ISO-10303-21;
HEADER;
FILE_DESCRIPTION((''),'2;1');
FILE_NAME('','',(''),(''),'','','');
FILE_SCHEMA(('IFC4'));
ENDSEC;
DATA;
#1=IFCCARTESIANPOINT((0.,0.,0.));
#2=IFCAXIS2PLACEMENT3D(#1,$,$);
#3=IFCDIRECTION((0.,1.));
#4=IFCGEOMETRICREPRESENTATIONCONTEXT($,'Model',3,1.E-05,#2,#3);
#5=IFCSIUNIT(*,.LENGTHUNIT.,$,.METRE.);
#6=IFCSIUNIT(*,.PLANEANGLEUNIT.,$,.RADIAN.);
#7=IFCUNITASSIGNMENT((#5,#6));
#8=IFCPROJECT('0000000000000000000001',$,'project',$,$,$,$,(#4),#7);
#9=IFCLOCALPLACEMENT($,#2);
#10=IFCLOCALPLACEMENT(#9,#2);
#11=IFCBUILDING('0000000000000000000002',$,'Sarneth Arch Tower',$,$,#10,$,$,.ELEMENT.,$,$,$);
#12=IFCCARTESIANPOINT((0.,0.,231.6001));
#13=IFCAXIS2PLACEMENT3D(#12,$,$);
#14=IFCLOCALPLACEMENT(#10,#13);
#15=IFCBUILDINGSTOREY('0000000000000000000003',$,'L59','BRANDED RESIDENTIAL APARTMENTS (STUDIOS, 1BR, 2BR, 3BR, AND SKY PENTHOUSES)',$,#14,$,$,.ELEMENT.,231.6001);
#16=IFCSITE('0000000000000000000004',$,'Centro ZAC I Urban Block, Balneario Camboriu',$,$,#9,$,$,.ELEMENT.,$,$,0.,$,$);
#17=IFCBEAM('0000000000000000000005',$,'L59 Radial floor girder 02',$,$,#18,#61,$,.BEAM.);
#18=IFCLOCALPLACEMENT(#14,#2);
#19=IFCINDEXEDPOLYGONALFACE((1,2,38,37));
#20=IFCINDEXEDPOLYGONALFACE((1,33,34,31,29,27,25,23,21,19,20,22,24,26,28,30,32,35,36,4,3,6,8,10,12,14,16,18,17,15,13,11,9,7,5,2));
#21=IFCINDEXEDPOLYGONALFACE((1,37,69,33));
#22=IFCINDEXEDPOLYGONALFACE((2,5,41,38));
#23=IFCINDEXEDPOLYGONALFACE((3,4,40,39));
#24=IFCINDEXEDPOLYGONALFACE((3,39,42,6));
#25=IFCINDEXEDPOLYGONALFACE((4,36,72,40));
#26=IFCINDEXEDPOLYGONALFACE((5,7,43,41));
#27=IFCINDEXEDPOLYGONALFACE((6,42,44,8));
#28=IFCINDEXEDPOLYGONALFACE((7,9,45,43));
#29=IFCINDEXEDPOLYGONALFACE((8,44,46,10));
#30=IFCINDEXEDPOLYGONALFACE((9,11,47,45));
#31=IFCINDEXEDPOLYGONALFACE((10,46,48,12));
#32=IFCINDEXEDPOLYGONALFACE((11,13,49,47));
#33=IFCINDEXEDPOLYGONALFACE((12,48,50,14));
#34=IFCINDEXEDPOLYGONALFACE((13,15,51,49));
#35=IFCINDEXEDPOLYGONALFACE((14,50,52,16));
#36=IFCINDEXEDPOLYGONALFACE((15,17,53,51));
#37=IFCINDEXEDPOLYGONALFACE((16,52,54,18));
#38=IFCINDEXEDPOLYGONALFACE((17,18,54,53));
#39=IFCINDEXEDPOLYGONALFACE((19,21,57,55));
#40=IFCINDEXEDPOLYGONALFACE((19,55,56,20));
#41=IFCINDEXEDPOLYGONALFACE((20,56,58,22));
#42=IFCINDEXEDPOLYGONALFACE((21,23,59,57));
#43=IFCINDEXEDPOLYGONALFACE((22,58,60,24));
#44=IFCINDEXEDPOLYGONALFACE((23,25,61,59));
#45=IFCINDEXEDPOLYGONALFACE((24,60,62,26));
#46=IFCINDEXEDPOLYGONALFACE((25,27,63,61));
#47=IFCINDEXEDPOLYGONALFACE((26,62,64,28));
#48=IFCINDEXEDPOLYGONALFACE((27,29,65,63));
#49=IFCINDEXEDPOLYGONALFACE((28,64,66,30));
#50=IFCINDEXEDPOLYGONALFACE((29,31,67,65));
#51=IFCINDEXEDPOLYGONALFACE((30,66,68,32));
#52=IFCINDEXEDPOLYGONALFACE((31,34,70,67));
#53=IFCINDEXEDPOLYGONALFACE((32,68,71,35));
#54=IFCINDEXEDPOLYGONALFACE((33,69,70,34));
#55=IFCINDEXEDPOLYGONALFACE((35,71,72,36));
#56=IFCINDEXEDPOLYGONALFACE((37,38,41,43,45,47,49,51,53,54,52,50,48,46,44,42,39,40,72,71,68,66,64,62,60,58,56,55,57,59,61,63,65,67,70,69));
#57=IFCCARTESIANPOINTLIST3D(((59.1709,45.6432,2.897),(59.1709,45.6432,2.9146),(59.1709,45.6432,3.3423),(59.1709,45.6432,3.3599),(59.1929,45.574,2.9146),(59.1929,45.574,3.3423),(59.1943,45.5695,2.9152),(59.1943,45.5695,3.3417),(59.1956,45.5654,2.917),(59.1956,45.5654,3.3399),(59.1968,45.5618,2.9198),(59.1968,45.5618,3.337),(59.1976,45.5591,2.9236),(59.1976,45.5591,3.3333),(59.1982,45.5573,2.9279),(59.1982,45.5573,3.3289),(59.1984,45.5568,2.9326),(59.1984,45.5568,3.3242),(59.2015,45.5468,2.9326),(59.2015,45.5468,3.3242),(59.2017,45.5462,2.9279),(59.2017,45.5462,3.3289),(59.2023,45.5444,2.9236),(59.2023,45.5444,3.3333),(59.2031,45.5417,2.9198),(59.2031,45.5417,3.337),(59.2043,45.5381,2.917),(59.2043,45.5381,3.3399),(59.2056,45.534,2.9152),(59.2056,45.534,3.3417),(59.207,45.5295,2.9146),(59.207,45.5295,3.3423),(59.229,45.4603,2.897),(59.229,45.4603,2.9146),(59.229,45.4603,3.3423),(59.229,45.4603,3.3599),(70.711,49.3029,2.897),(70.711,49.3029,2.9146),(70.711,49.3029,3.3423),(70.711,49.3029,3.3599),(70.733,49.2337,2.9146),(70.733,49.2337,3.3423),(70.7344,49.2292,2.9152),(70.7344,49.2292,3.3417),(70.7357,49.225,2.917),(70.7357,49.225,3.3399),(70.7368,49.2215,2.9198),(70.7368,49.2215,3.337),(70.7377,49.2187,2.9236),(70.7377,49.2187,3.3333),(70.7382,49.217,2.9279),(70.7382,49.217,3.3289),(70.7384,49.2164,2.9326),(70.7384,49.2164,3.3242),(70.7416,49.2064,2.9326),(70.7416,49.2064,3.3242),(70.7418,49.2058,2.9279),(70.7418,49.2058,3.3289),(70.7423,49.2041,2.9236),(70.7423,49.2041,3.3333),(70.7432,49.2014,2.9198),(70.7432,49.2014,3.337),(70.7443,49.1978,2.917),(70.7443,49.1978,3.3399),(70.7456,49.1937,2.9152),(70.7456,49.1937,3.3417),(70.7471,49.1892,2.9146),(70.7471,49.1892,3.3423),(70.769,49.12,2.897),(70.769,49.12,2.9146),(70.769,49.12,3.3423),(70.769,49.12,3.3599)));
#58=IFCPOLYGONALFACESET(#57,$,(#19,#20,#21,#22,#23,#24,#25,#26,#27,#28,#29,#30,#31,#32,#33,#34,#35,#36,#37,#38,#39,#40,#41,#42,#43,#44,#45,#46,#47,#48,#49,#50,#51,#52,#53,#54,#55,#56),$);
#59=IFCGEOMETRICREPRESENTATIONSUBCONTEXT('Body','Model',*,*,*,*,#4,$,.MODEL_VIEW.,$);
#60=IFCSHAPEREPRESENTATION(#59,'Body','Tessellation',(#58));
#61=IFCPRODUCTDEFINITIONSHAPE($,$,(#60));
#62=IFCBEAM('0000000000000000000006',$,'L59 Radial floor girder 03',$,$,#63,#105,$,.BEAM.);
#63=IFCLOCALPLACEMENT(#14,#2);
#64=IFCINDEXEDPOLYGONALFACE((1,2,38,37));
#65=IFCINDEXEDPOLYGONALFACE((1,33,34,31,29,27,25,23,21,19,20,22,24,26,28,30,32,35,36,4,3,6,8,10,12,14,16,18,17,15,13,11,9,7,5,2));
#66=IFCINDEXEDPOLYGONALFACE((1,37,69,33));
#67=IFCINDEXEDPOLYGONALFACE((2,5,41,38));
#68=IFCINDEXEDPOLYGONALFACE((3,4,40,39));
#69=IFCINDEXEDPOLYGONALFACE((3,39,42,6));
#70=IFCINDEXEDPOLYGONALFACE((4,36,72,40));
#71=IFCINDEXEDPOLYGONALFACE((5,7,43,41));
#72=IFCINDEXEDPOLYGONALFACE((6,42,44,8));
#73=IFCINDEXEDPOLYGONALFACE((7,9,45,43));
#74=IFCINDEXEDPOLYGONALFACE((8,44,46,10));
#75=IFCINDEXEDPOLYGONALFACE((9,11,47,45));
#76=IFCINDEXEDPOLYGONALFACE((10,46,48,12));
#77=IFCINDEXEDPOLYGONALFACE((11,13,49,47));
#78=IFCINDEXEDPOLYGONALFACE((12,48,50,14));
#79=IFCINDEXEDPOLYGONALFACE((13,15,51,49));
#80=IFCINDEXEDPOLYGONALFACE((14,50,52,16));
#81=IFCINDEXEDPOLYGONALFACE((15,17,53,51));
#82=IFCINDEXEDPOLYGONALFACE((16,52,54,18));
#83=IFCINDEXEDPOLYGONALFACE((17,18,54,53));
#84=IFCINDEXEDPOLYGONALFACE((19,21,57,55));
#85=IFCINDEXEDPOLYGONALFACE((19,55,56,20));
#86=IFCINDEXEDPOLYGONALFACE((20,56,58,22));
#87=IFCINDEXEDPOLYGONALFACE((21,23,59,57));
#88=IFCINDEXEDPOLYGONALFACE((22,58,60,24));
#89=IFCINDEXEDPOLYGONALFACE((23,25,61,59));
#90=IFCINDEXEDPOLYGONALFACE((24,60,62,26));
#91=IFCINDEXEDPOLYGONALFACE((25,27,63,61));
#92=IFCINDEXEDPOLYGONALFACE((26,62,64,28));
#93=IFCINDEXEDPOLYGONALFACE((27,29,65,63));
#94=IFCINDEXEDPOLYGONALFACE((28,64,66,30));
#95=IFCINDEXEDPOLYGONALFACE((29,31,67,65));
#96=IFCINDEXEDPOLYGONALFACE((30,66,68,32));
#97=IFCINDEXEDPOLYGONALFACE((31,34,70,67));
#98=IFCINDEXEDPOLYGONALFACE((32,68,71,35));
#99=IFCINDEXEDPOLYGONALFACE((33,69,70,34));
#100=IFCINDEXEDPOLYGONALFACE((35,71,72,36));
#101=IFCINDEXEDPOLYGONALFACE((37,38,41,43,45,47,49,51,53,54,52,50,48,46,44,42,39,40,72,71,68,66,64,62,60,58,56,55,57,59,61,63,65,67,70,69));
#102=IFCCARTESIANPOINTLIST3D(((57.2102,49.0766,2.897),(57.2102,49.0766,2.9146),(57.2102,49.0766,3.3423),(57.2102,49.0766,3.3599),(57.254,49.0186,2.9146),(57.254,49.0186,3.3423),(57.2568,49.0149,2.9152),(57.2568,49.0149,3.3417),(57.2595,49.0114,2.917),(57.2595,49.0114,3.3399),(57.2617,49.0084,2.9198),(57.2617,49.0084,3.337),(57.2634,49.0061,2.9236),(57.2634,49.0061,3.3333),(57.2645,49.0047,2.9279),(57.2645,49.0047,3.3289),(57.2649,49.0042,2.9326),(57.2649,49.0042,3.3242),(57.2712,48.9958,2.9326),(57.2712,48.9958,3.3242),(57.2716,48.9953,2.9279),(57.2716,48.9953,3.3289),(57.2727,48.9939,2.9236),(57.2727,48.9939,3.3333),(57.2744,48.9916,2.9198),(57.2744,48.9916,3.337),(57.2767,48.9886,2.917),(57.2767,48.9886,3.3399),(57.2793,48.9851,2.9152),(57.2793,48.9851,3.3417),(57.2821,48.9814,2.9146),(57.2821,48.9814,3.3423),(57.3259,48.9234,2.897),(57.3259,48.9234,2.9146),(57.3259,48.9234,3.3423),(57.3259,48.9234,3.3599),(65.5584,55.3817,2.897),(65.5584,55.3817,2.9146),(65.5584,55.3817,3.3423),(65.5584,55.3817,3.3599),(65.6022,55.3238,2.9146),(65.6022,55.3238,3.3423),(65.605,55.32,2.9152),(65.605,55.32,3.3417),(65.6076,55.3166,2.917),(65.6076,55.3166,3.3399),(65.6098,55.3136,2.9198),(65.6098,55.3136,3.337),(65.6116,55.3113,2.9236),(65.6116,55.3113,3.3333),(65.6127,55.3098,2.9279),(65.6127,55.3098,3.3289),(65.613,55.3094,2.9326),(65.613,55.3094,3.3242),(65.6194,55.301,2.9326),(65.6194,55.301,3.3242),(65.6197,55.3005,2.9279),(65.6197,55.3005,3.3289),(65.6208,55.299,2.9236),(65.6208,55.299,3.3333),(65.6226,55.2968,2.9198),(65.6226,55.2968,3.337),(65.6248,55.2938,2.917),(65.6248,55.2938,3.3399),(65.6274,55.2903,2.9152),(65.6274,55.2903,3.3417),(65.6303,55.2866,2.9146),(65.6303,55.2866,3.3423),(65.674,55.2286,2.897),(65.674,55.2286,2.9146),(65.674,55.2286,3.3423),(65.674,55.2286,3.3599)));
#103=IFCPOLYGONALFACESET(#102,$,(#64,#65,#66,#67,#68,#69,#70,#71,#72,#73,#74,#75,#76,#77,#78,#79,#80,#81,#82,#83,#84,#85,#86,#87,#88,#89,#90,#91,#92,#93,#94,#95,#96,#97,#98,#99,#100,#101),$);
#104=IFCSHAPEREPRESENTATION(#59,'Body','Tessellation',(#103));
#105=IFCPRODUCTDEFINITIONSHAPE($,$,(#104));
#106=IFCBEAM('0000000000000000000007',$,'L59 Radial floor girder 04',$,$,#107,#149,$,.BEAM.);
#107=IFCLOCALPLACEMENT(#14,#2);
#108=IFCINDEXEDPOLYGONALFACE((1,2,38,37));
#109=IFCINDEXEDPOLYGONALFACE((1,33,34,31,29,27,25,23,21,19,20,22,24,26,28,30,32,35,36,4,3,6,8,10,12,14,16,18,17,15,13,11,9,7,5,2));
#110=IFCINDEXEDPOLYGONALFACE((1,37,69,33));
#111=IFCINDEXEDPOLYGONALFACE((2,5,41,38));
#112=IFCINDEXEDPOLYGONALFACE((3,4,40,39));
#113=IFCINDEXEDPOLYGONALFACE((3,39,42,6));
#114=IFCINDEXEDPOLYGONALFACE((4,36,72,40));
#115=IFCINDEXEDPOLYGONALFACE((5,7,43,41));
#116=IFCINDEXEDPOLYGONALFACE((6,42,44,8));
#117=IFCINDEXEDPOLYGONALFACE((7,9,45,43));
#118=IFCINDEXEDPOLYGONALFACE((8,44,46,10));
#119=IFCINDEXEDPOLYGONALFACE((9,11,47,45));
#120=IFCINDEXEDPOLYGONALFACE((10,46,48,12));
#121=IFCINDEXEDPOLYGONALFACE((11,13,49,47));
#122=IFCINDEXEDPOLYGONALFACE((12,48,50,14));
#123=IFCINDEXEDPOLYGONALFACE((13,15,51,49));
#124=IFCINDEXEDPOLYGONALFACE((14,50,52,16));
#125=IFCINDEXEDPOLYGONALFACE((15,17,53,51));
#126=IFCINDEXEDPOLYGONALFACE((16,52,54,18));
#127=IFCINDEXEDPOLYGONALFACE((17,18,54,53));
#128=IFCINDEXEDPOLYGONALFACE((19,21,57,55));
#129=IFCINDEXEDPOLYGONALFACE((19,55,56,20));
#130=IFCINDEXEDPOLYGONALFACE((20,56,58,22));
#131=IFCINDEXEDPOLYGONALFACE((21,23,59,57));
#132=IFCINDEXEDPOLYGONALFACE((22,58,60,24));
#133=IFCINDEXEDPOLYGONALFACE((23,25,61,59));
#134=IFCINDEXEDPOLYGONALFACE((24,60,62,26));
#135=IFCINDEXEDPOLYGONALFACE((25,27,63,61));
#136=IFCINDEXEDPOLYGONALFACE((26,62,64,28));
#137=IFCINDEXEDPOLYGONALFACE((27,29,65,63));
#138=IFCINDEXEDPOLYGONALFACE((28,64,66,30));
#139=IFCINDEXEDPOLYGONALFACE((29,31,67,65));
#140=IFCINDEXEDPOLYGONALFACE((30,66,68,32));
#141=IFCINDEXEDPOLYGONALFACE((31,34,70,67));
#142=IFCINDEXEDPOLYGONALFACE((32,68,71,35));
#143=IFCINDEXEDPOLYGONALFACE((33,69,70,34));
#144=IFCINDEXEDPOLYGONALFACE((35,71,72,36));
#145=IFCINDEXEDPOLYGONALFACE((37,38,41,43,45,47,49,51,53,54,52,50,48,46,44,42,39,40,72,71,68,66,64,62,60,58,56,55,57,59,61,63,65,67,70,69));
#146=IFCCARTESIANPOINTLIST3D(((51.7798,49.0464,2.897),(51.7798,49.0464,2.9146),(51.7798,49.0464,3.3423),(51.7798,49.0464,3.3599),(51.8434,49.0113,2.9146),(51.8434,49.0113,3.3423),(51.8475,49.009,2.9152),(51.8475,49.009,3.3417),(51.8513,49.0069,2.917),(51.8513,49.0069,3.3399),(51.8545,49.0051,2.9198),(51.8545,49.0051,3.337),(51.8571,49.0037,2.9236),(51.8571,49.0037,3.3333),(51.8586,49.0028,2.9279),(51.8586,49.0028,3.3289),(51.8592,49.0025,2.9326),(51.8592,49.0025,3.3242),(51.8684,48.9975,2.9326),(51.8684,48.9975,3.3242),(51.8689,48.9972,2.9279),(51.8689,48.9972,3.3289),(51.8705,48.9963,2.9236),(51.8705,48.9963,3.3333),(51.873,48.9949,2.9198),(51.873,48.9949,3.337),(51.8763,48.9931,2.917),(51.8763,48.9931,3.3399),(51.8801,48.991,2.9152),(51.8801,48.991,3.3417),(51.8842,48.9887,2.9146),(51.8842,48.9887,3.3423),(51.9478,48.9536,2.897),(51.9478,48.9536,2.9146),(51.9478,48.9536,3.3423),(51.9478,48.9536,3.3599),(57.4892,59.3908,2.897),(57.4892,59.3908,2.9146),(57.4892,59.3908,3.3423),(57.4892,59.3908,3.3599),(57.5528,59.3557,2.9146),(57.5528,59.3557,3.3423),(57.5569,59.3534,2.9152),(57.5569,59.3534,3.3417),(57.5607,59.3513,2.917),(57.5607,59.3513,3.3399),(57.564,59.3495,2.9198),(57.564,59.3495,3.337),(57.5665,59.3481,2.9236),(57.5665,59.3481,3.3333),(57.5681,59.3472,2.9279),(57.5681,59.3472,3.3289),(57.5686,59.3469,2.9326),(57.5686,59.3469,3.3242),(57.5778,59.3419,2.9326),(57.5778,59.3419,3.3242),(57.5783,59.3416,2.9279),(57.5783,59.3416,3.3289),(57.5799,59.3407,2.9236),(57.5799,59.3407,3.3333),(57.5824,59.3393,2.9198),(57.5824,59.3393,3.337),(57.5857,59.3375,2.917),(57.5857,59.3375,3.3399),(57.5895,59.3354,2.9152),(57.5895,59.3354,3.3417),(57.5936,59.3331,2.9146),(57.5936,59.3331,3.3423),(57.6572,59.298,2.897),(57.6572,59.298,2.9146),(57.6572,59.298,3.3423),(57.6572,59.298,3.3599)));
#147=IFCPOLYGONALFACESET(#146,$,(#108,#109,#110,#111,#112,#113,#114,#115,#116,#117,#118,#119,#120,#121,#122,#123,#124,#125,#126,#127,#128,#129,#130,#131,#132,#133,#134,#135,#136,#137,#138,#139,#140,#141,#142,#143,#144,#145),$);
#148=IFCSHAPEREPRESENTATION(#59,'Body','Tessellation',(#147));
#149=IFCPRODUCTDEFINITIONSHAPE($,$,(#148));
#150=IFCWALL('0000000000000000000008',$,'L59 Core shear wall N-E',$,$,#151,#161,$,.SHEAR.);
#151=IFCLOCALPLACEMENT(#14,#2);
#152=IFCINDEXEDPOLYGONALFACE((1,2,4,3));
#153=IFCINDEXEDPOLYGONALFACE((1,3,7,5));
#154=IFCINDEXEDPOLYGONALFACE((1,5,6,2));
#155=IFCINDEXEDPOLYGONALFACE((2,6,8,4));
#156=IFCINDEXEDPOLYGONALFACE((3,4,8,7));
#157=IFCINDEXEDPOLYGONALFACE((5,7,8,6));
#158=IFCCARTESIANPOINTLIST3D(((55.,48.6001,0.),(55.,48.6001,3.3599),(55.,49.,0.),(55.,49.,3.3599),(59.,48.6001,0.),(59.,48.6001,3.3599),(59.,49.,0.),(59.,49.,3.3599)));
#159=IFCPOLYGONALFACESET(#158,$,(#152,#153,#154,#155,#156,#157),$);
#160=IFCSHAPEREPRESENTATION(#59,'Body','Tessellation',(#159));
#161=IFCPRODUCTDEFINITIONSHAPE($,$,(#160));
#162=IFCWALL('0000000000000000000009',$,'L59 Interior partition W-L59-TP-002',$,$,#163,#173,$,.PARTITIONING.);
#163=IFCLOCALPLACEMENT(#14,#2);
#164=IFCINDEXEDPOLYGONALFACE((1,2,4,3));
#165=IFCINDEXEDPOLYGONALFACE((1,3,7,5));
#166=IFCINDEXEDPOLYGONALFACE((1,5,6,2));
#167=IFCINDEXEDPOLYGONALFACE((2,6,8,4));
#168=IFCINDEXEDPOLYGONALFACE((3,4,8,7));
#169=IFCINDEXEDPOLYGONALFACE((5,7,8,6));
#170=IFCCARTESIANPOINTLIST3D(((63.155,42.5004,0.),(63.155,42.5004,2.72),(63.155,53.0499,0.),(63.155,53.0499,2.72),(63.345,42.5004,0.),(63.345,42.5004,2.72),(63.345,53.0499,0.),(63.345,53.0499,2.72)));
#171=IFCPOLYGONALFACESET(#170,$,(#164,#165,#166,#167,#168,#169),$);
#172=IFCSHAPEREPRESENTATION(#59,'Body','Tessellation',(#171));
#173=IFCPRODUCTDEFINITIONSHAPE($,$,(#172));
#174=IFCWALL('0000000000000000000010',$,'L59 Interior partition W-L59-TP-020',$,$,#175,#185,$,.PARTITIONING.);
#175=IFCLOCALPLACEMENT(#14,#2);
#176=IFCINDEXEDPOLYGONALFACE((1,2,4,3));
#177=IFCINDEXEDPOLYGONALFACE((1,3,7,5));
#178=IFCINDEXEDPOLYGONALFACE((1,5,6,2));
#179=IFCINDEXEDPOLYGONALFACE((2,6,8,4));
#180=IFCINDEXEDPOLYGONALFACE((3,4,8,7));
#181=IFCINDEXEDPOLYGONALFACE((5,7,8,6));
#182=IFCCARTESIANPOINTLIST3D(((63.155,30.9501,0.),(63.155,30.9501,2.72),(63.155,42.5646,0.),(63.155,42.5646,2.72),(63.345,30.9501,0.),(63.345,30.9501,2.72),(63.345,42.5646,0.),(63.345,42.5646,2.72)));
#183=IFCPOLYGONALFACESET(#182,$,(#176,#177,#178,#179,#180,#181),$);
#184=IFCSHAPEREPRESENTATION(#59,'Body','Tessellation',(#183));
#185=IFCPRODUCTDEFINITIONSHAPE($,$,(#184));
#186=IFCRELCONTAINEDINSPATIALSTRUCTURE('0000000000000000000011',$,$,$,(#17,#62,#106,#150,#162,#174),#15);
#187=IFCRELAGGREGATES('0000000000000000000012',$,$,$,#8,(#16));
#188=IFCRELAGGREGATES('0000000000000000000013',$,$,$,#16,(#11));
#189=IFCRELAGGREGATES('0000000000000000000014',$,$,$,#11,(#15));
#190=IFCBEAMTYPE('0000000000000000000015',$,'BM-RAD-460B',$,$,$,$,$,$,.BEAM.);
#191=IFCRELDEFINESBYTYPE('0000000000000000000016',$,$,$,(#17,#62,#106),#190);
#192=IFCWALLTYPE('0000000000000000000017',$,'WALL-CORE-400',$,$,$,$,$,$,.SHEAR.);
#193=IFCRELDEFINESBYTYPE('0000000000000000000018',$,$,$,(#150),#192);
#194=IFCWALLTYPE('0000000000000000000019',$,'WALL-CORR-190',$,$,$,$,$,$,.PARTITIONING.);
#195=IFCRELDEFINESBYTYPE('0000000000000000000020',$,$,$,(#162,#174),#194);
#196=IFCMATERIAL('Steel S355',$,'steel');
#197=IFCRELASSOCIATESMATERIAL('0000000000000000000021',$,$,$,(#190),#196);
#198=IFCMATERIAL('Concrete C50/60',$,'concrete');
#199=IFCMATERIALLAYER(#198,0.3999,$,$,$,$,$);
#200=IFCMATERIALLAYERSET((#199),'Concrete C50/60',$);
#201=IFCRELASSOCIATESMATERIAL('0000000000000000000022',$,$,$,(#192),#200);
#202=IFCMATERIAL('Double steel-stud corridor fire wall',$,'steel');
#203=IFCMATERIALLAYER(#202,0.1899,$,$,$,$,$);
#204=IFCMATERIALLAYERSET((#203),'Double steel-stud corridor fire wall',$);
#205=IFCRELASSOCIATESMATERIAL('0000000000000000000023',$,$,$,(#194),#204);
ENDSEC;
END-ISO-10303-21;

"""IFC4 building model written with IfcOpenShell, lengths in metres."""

from ifc_helpers import new_model, si_unit, direction, frame, frame_2d, origin, origin_2d, place, context, subcontext, project, spatial, rectangle, i_section, extrude, material, layer, layer_set, material_profile, profile_set, type_object, element, save


model = new_model("IFC4")

# Units and contexts
model_context = context("Model", 3, precision=1e-05, world=origin(), true_north=direction((0.0, 1.0)))
body_context = subcontext(model_context, "Body", "Model", "MODEL_VIEW")
ifc_project = project(units=[si_unit("LENGTHUNIT", "METRE"), si_unit("PLANEANGLEUNIT", "RADIAN")], contexts=[model_context])

# Site, building, storey
site_placement = place(None, origin())
site = spatial("IfcSite", under=ifc_project, at=site_placement, Name="Centro ZAC I Urban Block, Balneario Camboriu", CompositionType="ELEMENT", RefElevation=0.0)
building_placement = place(site_placement, origin())
building = spatial("IfcBuilding", under=site, at=building_placement, Name="Sarneth Arch Tower", CompositionType="ELEMENT")
storey_placement = place(building_placement, frame((0.0, 0.0, 231.6001)))
storey = spatial("IfcBuildingStorey", under=building, at=storey_placement, Name="L59", Description="BRANDED RESIDENTIAL APARTMENTS (STUDIOS, 1BR, 2BR, 3BR, AND SKY PENTHOUSES)", CompositionType="ELEMENT", Elevation=231.6001)

# Beams
ifc_material_1 = material(Name="Steel S355", Category="steel")
ifc_material_profile_1 = material_profile(ifc_material_1, i_section(OverallWidth=0.1919, OverallDepth=0.4629, WebThickness=0.0105, FlangeThickness=0.0176, FilletRadius=0.0181, at=origin_2d()), Name="W460x89")
ifc_profile_set_1 = profile_set([ifc_material_profile_1], Name="Steel S355")
beam_type_1 = type_object("IfcBeamType", Name="BM-RAD-460B", PredefinedType="BEAM", material=ifc_profile_set_1)
beam_1_placement = place(storey_placement, frame((59.2, 45.5518, 3.1284), z_axis=(0.953216, 0.302291, 0.0), x_axis=(-0.302291, 0.953216, 0.0)))
element("IfcBeam", 1, at=beam_1_placement, inside=storey, type_object=beam_type_1, Name="L59 Radial floor girder 02", PredefinedType="BEAM", context=body_context, shape_type="SweptSolid", body=[
    extrude(i_section(OverallWidth=0.1919, OverallDepth=0.4629, WebThickness=0.0105, FlangeThickness=0.0176, FilletRadius=0.0181, at=origin_2d()), origin(), (0.0, 0.0, 1.0), 12.1064),
])
beam_2_placement = place(storey_placement, frame((57.2681, 49.0, 3.1284), z_axis=(0.797974, 0.602692, 0.0), x_axis=(-0.602692, 0.797974, 0.0)))
element("IfcBeam", 2, at=beam_2_placement, inside=storey, type_object=beam_type_1, Name="L59 Radial floor girder 03", PredefinedType="BEAM", context=body_context, shape_type="SweptSolid", body=[
    extrude(i_section(OverallWidth=0.1919, OverallDepth=0.4629, WebThickness=0.0105, FlangeThickness=0.0176, FilletRadius=0.0181, at=origin_2d()), origin(), (0.0, 0.0, 1.0), 10.4617),
])
beam_3_placement = place(storey_placement, frame((51.8638, 49.0, 3.1284), z_axis=(0.483218, 0.8755, 0.0), x_axis=(-0.8755, 0.483218, 0.0)))
element("IfcBeam", 3, at=beam_3_placement, inside=storey, type_object=beam_type_1, Name="L59 Radial floor girder 04", PredefinedType="BEAM", context=body_context, shape_type="SweptSolid", body=[
    extrude(i_section(OverallWidth=0.1919, OverallDepth=0.4629, WebThickness=0.0105, FlangeThickness=0.0176, FilletRadius=0.0181, at=origin_2d()), origin(), (0.0, 0.0, 1.0), 11.8154),
])

# Walls
ifc_material_2 = material(Name="Concrete C50/60", Category="concrete")
ifc_layer_1 = layer(ifc_material_2, 0.3999)
ifc_layer_set_1 = layer_set([ifc_layer_1], Name="Concrete C50/60")
wall_type_1 = type_object("IfcWallType", Name="WALL-CORE-400", PredefinedType="SHEAR", material=ifc_layer_set_1)
wall_1_placement = place(storey_placement, frame((55.0, 48.8, 0.0), z_axis=(0.0, 0.0, 1.0), x_axis=(1.0, 0.0, 0.0)))
element("IfcWall", 4, at=wall_1_placement, inside=storey, type_object=wall_type_1, Name="L59 Core shear wall N-E", PredefinedType="SHEAR", context=body_context, shape_type="SweptSolid", body=[
    extrude(rectangle(XDim=4.0, YDim=0.3999, at=frame_2d((2.0, 0.0))), origin(), (0.0, 0.0, 1.0), 3.3599),
])
ifc_material_3 = material(Name="Double steel-stud corridor fire wall", Category="steel")
ifc_layer_2 = layer(ifc_material_3, 0.1899)
ifc_layer_set_2 = layer_set([ifc_layer_2], Name="Double steel-stud corridor fire wall")
wall_type_2 = type_object("IfcWallType", Name="WALL-CORR-190", PredefinedType="PARTITIONING", material=ifc_layer_set_2)
wall_2_placement = place(storey_placement, frame((63.25, 53.05, 0.0), z_axis=(0.0, 0.0, 1.0), x_axis=(0.0, -1.0, 0.0)))
element("IfcWall", 5, at=wall_2_placement, inside=storey, type_object=wall_type_2, Name="L59 Interior partition W-L59-TP-002", PredefinedType="PARTITIONING", context=body_context, shape_type="SweptSolid", body=[
    extrude(rectangle(XDim=10.5496, YDim=0.1899, at=frame_2d((5.2749, 0.0))), origin(), (0.0, 0.0, 1.0), 2.72),
])
wall_3_placement = place(storey_placement, frame((63.25, 42.5645, 0.0), z_axis=(0.0, 0.0, 1.0), x_axis=(0.0, -1.0, 0.0)))
element("IfcWall", 6, at=wall_3_placement, inside=storey, type_object=wall_type_2, Name="L59 Interior partition W-L59-TP-020", PredefinedType="PARTITIONING", context=body_context, shape_type="SweptSolid", body=[
    extrude(rectangle(XDim=11.6145, YDim=0.1899, at=frame_2d((5.8071, 0.0))), origin(), (0.0, 0.0, 1.0), 2.72),
])

save(model, "model.ifc")
